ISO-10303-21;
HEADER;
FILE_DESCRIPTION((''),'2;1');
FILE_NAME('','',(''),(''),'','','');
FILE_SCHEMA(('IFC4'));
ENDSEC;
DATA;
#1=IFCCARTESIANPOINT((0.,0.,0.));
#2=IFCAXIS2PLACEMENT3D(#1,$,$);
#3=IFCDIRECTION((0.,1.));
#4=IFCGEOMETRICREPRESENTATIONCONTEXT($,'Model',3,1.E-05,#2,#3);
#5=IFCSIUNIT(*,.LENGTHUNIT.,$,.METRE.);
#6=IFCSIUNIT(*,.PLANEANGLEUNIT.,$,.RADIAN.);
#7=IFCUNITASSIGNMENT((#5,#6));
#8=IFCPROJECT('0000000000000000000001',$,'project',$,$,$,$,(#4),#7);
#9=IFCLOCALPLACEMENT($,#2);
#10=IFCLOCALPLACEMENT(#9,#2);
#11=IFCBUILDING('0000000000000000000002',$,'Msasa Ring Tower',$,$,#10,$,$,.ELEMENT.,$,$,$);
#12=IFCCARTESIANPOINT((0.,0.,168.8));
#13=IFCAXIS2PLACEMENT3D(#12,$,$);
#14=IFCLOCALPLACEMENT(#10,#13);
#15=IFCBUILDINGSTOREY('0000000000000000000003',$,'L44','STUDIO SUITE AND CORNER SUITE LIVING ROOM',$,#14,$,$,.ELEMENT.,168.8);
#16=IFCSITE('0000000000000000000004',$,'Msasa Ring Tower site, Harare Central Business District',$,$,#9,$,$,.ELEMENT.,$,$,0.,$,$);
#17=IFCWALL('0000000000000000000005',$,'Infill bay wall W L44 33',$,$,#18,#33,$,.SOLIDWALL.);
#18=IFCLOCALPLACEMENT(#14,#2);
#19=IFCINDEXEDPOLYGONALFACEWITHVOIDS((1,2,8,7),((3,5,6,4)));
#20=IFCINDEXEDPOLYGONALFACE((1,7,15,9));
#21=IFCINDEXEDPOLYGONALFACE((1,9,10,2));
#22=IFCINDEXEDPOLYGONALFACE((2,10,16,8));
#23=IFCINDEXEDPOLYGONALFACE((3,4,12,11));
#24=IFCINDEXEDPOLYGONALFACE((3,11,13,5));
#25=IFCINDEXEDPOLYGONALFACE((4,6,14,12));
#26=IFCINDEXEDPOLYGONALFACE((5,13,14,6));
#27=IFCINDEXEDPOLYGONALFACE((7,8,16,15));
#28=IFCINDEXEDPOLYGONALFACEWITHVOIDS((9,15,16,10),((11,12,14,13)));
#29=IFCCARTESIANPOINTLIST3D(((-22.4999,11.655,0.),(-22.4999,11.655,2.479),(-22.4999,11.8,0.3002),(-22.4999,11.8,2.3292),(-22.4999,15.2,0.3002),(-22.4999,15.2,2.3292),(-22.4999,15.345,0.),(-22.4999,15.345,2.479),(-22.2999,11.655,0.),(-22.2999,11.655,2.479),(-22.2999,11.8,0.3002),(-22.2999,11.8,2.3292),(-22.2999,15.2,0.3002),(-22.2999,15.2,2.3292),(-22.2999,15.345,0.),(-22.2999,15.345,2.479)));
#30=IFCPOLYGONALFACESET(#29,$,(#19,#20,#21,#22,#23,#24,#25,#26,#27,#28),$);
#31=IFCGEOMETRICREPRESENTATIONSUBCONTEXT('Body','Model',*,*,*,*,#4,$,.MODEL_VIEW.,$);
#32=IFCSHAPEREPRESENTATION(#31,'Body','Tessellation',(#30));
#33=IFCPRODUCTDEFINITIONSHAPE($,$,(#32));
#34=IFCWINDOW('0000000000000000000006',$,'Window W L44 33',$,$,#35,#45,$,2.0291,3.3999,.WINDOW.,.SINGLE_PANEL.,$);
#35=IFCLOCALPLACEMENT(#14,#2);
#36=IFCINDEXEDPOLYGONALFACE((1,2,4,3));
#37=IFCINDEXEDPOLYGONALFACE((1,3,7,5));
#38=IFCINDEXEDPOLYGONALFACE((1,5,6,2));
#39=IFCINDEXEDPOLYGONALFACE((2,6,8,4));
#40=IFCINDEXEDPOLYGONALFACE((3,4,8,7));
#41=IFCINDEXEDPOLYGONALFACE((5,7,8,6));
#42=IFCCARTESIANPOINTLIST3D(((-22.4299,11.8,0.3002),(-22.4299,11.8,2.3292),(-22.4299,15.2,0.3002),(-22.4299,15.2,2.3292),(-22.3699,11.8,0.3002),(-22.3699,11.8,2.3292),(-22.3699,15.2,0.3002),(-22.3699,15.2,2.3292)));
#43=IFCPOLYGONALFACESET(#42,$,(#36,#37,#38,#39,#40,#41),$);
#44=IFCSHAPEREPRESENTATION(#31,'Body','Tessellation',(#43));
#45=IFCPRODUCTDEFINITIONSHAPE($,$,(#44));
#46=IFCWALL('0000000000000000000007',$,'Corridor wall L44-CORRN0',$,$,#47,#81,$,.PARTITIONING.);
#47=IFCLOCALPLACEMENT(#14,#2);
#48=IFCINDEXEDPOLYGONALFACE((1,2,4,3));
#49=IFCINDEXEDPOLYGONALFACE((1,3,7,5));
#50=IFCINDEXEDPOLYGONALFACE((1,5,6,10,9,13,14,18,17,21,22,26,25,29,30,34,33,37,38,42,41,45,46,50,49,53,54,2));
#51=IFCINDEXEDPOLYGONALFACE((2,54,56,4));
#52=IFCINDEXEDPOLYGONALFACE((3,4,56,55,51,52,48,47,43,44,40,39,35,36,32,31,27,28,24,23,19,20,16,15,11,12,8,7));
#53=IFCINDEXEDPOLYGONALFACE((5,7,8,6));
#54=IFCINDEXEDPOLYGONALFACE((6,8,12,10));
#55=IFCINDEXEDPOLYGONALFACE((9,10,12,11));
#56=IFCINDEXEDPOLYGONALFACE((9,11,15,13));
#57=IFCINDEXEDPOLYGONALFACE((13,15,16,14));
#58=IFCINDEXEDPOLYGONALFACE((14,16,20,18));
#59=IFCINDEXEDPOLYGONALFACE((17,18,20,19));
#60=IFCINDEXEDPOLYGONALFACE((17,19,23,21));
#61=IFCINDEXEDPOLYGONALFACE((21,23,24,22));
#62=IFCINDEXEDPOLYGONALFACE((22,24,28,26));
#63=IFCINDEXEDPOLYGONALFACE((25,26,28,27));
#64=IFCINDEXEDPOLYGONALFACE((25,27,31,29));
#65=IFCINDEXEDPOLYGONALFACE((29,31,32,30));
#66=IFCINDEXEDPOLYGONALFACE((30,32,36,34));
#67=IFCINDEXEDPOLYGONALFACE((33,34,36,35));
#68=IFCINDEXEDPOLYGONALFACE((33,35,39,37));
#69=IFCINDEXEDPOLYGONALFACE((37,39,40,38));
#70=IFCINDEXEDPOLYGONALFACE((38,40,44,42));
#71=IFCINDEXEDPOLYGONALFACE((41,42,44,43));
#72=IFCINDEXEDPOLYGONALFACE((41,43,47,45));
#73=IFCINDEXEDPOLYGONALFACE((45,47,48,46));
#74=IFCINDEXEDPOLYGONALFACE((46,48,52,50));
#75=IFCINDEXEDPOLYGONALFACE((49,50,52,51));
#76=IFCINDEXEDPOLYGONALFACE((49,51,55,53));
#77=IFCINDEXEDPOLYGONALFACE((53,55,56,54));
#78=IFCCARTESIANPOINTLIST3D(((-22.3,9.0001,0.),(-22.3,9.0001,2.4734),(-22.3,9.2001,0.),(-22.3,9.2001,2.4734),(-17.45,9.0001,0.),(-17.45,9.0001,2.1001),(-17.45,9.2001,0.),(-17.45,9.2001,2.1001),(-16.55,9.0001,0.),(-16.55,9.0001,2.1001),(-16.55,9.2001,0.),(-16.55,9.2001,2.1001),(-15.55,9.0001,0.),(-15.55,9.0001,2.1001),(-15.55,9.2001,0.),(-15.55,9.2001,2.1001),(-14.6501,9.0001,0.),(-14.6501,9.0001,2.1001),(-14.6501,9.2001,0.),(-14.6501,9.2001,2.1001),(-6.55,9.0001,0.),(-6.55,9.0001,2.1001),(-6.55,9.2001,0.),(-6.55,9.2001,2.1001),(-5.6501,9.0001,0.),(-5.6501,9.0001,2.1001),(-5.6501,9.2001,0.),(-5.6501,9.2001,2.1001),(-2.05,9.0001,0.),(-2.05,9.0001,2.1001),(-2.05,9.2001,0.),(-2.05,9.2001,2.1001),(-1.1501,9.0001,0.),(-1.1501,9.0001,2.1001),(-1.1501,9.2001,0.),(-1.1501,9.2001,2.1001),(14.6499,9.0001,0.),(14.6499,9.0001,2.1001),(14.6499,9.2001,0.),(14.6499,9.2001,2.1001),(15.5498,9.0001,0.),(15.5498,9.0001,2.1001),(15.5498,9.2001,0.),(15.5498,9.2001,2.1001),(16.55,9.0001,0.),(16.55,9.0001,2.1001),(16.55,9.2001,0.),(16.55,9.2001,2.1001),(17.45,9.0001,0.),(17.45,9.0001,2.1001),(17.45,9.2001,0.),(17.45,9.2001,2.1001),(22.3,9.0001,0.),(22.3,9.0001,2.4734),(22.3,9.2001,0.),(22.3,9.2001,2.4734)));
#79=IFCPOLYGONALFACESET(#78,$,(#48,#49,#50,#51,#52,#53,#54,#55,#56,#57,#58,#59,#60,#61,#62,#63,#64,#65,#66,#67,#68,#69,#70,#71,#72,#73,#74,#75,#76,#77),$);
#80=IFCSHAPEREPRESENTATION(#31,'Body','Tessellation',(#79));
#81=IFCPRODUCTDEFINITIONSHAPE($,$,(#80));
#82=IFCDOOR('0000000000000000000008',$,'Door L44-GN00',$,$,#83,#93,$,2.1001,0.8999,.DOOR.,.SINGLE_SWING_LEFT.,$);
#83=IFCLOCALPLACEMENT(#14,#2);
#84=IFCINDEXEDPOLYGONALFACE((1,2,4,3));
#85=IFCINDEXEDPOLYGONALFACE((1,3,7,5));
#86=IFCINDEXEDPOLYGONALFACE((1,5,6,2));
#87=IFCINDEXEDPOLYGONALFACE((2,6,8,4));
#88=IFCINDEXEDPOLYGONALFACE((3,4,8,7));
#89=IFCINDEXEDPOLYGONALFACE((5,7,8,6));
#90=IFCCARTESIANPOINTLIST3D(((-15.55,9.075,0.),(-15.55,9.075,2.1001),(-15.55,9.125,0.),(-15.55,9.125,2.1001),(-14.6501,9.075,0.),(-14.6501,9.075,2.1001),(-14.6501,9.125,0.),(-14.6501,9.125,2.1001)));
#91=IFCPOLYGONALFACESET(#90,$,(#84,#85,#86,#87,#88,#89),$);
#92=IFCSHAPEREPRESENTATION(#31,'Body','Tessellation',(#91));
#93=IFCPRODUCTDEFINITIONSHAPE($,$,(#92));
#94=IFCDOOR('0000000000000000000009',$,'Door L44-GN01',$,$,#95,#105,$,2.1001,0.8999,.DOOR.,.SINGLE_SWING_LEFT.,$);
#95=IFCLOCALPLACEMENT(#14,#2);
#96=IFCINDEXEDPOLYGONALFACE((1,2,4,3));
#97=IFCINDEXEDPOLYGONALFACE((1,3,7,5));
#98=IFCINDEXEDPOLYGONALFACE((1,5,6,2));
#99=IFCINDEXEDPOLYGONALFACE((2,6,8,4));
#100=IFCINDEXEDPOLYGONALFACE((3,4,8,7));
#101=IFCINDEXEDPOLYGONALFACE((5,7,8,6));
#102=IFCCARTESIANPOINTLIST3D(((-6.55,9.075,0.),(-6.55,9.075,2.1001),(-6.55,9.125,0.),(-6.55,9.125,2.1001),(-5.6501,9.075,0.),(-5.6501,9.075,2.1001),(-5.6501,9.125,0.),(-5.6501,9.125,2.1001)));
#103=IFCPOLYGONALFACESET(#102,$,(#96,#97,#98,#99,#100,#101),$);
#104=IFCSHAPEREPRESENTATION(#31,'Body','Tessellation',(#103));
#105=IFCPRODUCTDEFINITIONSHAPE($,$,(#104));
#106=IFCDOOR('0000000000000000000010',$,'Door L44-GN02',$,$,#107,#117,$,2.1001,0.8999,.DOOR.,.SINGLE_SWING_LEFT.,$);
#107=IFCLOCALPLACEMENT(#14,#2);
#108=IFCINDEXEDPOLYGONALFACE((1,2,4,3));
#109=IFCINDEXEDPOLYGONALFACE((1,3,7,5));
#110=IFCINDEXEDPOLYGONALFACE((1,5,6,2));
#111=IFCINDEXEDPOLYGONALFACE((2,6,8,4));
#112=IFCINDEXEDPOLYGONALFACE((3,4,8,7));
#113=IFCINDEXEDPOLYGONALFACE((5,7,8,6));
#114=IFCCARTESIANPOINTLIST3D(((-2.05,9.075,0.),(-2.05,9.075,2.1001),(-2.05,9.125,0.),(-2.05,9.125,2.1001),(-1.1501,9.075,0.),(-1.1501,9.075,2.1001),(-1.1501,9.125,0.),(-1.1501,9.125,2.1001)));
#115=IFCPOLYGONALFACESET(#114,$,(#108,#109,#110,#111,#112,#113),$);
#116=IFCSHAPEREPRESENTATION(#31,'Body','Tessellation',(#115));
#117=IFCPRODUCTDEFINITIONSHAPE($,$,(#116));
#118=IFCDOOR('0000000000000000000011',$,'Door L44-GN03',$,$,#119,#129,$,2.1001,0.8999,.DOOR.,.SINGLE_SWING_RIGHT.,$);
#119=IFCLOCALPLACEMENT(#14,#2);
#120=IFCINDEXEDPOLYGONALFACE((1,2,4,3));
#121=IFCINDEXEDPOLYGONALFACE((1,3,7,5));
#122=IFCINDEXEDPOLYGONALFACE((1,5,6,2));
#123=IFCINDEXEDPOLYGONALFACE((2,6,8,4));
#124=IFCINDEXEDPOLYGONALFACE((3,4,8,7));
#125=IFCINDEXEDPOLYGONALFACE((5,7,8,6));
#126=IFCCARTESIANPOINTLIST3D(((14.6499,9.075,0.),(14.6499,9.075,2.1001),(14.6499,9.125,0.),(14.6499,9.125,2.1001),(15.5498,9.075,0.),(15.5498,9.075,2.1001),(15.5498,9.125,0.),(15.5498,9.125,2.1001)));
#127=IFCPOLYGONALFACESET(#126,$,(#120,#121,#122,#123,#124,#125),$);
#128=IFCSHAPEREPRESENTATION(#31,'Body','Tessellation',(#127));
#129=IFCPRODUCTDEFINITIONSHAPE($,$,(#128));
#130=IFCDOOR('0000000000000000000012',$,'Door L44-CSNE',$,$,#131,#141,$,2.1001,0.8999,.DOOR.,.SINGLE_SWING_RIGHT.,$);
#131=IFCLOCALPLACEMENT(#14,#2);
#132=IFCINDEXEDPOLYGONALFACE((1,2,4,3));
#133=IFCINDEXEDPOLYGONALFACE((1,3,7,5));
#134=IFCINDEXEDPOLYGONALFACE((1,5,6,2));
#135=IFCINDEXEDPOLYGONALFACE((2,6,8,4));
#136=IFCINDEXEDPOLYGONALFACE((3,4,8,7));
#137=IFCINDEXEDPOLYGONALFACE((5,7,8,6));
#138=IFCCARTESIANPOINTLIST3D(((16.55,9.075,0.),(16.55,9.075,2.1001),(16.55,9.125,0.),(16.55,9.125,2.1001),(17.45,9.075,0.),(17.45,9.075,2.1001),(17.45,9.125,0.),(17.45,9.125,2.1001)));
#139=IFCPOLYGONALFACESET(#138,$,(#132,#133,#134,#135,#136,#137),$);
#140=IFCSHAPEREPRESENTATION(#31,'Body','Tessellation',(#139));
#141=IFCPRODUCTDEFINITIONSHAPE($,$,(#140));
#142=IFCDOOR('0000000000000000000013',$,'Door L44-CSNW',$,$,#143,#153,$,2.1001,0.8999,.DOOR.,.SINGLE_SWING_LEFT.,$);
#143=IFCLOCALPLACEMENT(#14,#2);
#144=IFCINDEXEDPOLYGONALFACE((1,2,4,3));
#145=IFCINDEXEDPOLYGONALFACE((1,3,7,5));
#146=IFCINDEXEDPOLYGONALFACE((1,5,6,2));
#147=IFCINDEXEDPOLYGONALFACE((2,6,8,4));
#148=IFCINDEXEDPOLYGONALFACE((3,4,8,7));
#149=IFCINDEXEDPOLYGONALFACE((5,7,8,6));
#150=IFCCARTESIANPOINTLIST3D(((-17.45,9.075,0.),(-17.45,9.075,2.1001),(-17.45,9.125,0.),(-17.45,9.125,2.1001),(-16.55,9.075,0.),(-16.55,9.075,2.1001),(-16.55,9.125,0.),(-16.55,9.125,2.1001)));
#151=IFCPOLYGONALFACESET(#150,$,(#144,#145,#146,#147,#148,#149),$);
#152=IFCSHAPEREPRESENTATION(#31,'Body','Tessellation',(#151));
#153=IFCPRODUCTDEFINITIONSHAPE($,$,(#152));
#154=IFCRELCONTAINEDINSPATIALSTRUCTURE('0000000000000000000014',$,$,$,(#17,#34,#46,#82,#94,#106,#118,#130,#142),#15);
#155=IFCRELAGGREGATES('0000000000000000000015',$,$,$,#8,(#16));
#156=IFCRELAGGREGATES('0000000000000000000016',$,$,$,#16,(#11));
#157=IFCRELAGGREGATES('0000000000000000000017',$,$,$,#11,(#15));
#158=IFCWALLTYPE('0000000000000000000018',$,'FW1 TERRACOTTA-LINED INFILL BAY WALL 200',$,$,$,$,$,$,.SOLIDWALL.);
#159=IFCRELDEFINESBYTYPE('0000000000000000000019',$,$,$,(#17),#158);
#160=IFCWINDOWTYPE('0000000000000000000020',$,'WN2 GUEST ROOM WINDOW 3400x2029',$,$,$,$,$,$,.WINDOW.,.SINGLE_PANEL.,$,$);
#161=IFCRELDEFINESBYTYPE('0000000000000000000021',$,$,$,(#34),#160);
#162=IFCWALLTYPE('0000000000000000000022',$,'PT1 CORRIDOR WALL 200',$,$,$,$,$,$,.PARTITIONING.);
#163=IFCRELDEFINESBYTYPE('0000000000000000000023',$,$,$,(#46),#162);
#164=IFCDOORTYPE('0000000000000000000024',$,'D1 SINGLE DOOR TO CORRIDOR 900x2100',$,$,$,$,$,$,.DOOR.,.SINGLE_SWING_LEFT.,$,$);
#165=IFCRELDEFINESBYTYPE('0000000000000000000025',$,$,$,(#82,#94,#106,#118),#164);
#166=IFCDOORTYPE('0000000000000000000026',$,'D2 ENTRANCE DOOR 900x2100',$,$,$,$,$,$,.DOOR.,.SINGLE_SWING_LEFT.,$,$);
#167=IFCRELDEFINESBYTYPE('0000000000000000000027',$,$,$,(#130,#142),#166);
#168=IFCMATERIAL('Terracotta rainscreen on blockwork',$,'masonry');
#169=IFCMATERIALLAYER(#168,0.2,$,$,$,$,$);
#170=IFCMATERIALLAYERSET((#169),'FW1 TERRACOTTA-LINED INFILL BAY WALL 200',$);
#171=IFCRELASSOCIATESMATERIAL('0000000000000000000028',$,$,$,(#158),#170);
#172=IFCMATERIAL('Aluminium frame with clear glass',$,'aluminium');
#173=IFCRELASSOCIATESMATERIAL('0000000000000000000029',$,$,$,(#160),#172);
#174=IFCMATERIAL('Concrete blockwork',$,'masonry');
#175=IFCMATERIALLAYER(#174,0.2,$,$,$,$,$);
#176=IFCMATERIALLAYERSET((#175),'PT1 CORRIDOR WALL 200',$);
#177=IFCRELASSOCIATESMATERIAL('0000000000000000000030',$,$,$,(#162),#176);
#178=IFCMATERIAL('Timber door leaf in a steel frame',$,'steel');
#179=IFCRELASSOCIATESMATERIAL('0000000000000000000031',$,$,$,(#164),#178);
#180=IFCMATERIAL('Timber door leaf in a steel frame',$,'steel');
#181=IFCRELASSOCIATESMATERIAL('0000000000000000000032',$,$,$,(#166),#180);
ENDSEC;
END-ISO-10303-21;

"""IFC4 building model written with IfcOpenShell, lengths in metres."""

from ifc_helpers import new_model, si_unit, direction, frame, frame_2d, origin, place, context, subcontext, project, spatial, rectangle, extrude, material, layer, layer_set, type_object, element, fill, save


model = new_model("IFC4")

# Units and contexts
model_context = context("Model", 3, precision=1e-05, world=origin(), true_north=direction((0.0, 1.0)))
body_context = subcontext(model_context, "Body", "Model", "MODEL_VIEW")
ifc_project = project(units=[si_unit("LENGTHUNIT", "METRE"), si_unit("PLANEANGLEUNIT", "RADIAN")], contexts=[model_context])

# Site, building, storey
site_placement = place(None, origin())
site = spatial("IfcSite", under=ifc_project, at=site_placement, Name="Msasa Ring Tower site, Harare Central Business District", CompositionType="ELEMENT", RefElevation=0.0)
building_placement = place(site_placement, origin())
building = spatial("IfcBuilding", under=site, at=building_placement, Name="Msasa Ring Tower", CompositionType="ELEMENT")
storey_placement = place(building_placement, frame((0.0, 0.0, 168.8)))
storey = spatial("IfcBuildingStorey", under=building, at=storey_placement, Name="L44", Description="STUDIO SUITE AND CORNER SUITE LIVING ROOM", CompositionType="ELEMENT", Elevation=168.8)

# Wall, opening, window
ifc_material_1 = material(Name="Terracotta rainscreen on blockwork", Category="masonry")
ifc_layer_1 = layer(ifc_material_1, 0.2)
ifc_layer_set_1 = layer_set([ifc_layer_1], Name="FW1 TERRACOTTA-LINED INFILL BAY WALL 200")
wall_type_1 = type_object("IfcWallType", Name="FW1 TERRACOTTA-LINED INFILL BAY WALL 200", PredefinedType="SOLIDWALL", material=ifc_layer_set_1)
ifc_material_2 = material(Name="Aluminium frame with clear glass", Category="aluminium")
window_type = type_object("IfcWindowType", Name="WN2 GUEST ROOM WINDOW 3400x2029", PartitioningType="SINGLE_PANEL", PredefinedType="WINDOW", material=ifc_material_2)
wall_1_placement = place(storey_placement, frame((-22.3999, 11.655, 0.0), z_axis=(0.0, 0.0, 1.0), x_axis=(0.0, 1.0, 0.0)))
wall_1 = element("IfcWall", 1, at=wall_1_placement, inside=storey, type_object=wall_type_1, Name="Infill bay wall W L44 33", PredefinedType="SOLIDWALL", context=body_context, shape_type="SweptSolid", body=[
    extrude(rectangle(XDim=3.6899, YDim=0.2, at=frame_2d((1.845, 0.0))), origin(), (0.0, 0.0, 1.0), 2.479),
])
opening_1_placement = place(wall_1_placement, frame((0.145, 0.0, 0.3)))
opening_1 = element("IfcOpeningElement", 2, at=opening_1_placement, cuts=wall_1, PredefinedType="OPENING", context=body_context, shape_type="SweptSolid", body=[
    extrude(rectangle(XDim=3.3999, YDim=2.0291, at=frame_2d((1.7, 1.0146))), frame((0.0, 0.1099, 0.0), z_axis=(0.0, -1.0, 0.0), x_axis=(1.0, 0.0, 0.0)), (0.0, 0.0, 1.0), 0.22),
])
window_1_placement = place(opening_1_placement, origin())
window_1 = element("IfcWindow", 3, at=window_1_placement, inside=storey, type_object=window_type, Name="Window W L44 33", OverallHeight=2.0291, OverallWidth=3.3999, PartitioningType="SINGLE_PANEL", PredefinedType="WINDOW", context=body_context, shape_type="SweptSolid", body=[
    extrude(rectangle(XDim=3.3999, YDim=2.0291, at=frame_2d((1.7, 1.0146))), frame((0.0, 0.03, 0.0), z_axis=(0.0, -1.0, 0.0), x_axis=(1.0, 0.0, 0.0)), (0.0, 0.0, 1.0), 0.0601),
])
fill(opening_1, window_1)

# Wall, openings, doors
ifc_material_3 = material(Name="Concrete blockwork", Category="masonry")
ifc_layer_2 = layer(ifc_material_3, 0.2)
ifc_layer_set_2 = layer_set([ifc_layer_2], Name="PT1 CORRIDOR WALL 200")
wall_type_2 = type_object("IfcWallType", Name="PT1 CORRIDOR WALL 200", PredefinedType="PARTITIONING", material=ifc_layer_set_2)
wall_2_placement = place(storey_placement, frame((-22.3, 9.1001, 0.0), z_axis=(0.0, 0.0, 1.0), x_axis=(1.0, 0.0, 0.0)))
wall_2 = element("IfcWall", 4, at=wall_2_placement, inside=storey, type_object=wall_type_2, Name="Corridor wall L44-CORRN0", PredefinedType="PARTITIONING", context=body_context, shape_type="SweptSolid", body=[
    extrude(rectangle(XDim=44.6001, YDim=0.2, at=frame_2d((22.3, 0.0))), origin(), (0.0, 0.0, 1.0), 2.4734),
])
opening_2_placement = place(wall_2_placement, frame((6.75, 0.0, 0.0)))
opening_2 = element("IfcOpeningElement", 5, at=opening_2_placement, cuts=wall_2, PredefinedType="OPENING", context=body_context, shape_type="SweptSolid", body=[
    extrude(rectangle(XDim=0.8999, YDim=2.1001, at=frame_2d((0.45, 1.05))), frame((0.0, 0.1099, 0.0), z_axis=(0.0, -1.0, 0.0), x_axis=(1.0, 0.0, 0.0)), (0.0, 0.0, 1.0), 0.22),
])
opening_3_placement = place(wall_2_placement, frame((15.75, 0.0, 0.0)))
opening_3 = element("IfcOpeningElement", 6, at=opening_3_placement, cuts=wall_2, PredefinedType="OPENING", context=body_context, shape_type="SweptSolid", body=[
    extrude(rectangle(XDim=0.8999, YDim=2.1001, at=frame_2d((0.45, 1.05))), frame((0.0, 0.1099, 0.0), z_axis=(0.0, -1.0, 0.0), x_axis=(1.0, 0.0, 0.0)), (0.0, 0.0, 1.0), 0.22),
])
opening_4_placement = place(wall_2_placement, frame((20.25, 0.0, 0.0)))
opening_4 = element("IfcOpeningElement", 7, at=opening_4_placement, cuts=wall_2, PredefinedType="OPENING", context=body_context, shape_type="SweptSolid", body=[
    extrude(rectangle(XDim=0.8999, YDim=2.1001, at=frame_2d((0.45, 1.05))), frame((0.0, 0.1099, 0.0), z_axis=(0.0, -1.0, 0.0), x_axis=(1.0, 0.0, 0.0)), (0.0, 0.0, 1.0), 0.22),
])
opening_5_placement = place(wall_2_placement, frame((36.95, 0.0, 0.0)))
opening_5 = element("IfcOpeningElement", 8, at=opening_5_placement, cuts=wall_2, PredefinedType="OPENING", context=body_context, shape_type="SweptSolid", body=[
    extrude(rectangle(XDim=0.8999, YDim=2.1001, at=frame_2d((0.45, 1.05))), frame((0.0, 0.1099, 0.0), z_axis=(0.0, -1.0, 0.0), x_axis=(1.0, 0.0, 0.0)), (0.0, 0.0, 1.0), 0.22),
])
opening_6_placement = place(wall_2_placement, frame((38.8501, 0.0, 0.0)))
opening_6 = element("IfcOpeningElement", 9, at=opening_6_placement, cuts=wall_2, PredefinedType="OPENING", context=body_context, shape_type="SweptSolid", body=[
    extrude(rectangle(XDim=0.8999, YDim=2.1001, at=frame_2d((0.45, 1.05))), frame((0.0, 0.1099, 0.0), z_axis=(0.0, -1.0, 0.0), x_axis=(1.0, 0.0, 0.0)), (0.0, 0.0, 1.0), 0.22),
])
opening_7_placement = place(wall_2_placement, frame((4.8501, 0.0, 0.0)))
opening_7 = element("IfcOpeningElement", 10, at=opening_7_placement, cuts=wall_2, PredefinedType="OPENING", context=body_context, shape_type="SweptSolid", body=[
    extrude(rectangle(XDim=0.8999, YDim=2.1001, at=frame_2d((0.45, 1.05))), frame((0.0, 0.1099, 0.0), z_axis=(0.0, -1.0, 0.0), x_axis=(1.0, 0.0, 0.0)), (0.0, 0.0, 1.0), 0.22),
])
ifc_material_4 = material(Name="Timber door leaf in a steel frame", Category="steel")
door_type_1 = type_object("IfcDoorType", Name="D1 SINGLE DOOR TO CORRIDOR 900x2100", OperationType="SINGLE_SWING_LEFT", PredefinedType="DOOR", material=ifc_material_4)
door_1_placement = place(opening_2_placement, origin())
door_1 = element("IfcDoor", 11, at=door_1_placement, inside=storey, type_object=door_type_1, Name="Door L44-GN00", OperationType="SINGLE_SWING_LEFT", OverallHeight=2.1001, OverallWidth=0.8999, PredefinedType="DOOR", context=body_context, shape_type="SweptSolid", body=[
    extrude(rectangle(XDim=0.8999, YDim=2.1001, at=frame_2d((0.45, 1.05))), frame((0.0, 0.0249, 0.0), z_axis=(0.0, -1.0, 0.0), x_axis=(1.0, 0.0, 0.0)), (0.0, 0.0, 1.0), 0.05),
])
fill(opening_2, door_1)
door_2_placement = place(opening_3_placement, origin())
door_2 = element("IfcDoor", 12, at=door_2_placement, inside=storey, type_object=door_type_1, Name="Door L44-GN01", OperationType="SINGLE_SWING_LEFT", OverallHeight=2.1001, OverallWidth=0.8999, PredefinedType="DOOR", context=body_context, shape_type="SweptSolid", body=[
    extrude(rectangle(XDim=0.8999, YDim=2.1001, at=frame_2d((0.45, 1.05))), frame((0.0, 0.0249, 0.0), z_axis=(0.0, -1.0, 0.0), x_axis=(1.0, 0.0, 0.0)), (0.0, 0.0, 1.0), 0.05),
])
fill(opening_3, door_2)
door_3_placement = place(opening_4_placement, origin())
door_3 = element("IfcDoor", 13, at=door_3_placement, inside=storey, type_object=door_type_1, Name="Door L44-GN02", OperationType="SINGLE_SWING_LEFT", OverallHeight=2.1001, OverallWidth=0.8999, PredefinedType="DOOR", context=body_context, shape_type="SweptSolid", body=[
    extrude(rectangle(XDim=0.8999, YDim=2.1001, at=frame_2d((0.45, 1.05))), frame((0.0, 0.0249, 0.0), z_axis=(0.0, -1.0, 0.0), x_axis=(1.0, 0.0, 0.0)), (0.0, 0.0, 1.0), 0.05),
])
fill(opening_4, door_3)
door_4_placement = place(opening_5_placement, origin())
door_4 = element("IfcDoor", 14, at=door_4_placement, inside=storey, type_object=door_type_1, Name="Door L44-GN03", OperationType="SINGLE_SWING_RIGHT", OverallHeight=2.1001, OverallWidth=0.8999, PredefinedType="DOOR", context=body_context, shape_type="SweptSolid", body=[
    extrude(rectangle(XDim=0.8999, YDim=2.1001, at=frame_2d((0.45, 1.05))), frame((0.0, 0.0249, 0.0), z_axis=(0.0, -1.0, 0.0), x_axis=(1.0, 0.0, 0.0)), (0.0, 0.0, 1.0), 0.05),
])
fill(opening_5, door_4)
ifc_material_5 = material(Name="Timber door leaf in a steel frame", Category="steel")
door_type_2 = type_object("IfcDoorType", Name="D2 ENTRANCE DOOR 900x2100", OperationType="SINGLE_SWING_LEFT", PredefinedType="DOOR", material=ifc_material_5)
door_5_placement = place(opening_6_placement, origin())
door_5 = element("IfcDoor", 15, at=door_5_placement, inside=storey, type_object=door_type_2, Name="Door L44-CSNE", OperationType="SINGLE_SWING_RIGHT", OverallHeight=2.1001, OverallWidth=0.8999, PredefinedType="DOOR", context=body_context, shape_type="SweptSolid", body=[
    extrude(rectangle(XDim=0.8999, YDim=2.1001, at=frame_2d((0.45, 1.05))), frame((0.0, 0.0249, 0.0), z_axis=(0.0, -1.0, 0.0), x_axis=(1.0, 0.0, 0.0)), (0.0, 0.0, 1.0), 0.05),
])
fill(opening_6, door_5)
door_6_placement = place(opening_7_placement, origin())
door_6 = element("IfcDoor", 16, at=door_6_placement, inside=storey, type_object=door_type_2, Name="Door L44-CSNW", OperationType="SINGLE_SWING_LEFT", OverallHeight=2.1001, OverallWidth=0.8999, PredefinedType="DOOR", context=body_context, shape_type="SweptSolid", body=[
    extrude(rectangle(XDim=0.8999, YDim=2.1001, at=frame_2d((0.45, 1.05))), frame((0.0, 0.0249, 0.0), z_axis=(0.0, -1.0, 0.0), x_axis=(1.0, 0.0, 0.0)), (0.0, 0.0, 1.0), 0.05),
])
fill(opening_7, door_6)

save(model, "model.ifc")
